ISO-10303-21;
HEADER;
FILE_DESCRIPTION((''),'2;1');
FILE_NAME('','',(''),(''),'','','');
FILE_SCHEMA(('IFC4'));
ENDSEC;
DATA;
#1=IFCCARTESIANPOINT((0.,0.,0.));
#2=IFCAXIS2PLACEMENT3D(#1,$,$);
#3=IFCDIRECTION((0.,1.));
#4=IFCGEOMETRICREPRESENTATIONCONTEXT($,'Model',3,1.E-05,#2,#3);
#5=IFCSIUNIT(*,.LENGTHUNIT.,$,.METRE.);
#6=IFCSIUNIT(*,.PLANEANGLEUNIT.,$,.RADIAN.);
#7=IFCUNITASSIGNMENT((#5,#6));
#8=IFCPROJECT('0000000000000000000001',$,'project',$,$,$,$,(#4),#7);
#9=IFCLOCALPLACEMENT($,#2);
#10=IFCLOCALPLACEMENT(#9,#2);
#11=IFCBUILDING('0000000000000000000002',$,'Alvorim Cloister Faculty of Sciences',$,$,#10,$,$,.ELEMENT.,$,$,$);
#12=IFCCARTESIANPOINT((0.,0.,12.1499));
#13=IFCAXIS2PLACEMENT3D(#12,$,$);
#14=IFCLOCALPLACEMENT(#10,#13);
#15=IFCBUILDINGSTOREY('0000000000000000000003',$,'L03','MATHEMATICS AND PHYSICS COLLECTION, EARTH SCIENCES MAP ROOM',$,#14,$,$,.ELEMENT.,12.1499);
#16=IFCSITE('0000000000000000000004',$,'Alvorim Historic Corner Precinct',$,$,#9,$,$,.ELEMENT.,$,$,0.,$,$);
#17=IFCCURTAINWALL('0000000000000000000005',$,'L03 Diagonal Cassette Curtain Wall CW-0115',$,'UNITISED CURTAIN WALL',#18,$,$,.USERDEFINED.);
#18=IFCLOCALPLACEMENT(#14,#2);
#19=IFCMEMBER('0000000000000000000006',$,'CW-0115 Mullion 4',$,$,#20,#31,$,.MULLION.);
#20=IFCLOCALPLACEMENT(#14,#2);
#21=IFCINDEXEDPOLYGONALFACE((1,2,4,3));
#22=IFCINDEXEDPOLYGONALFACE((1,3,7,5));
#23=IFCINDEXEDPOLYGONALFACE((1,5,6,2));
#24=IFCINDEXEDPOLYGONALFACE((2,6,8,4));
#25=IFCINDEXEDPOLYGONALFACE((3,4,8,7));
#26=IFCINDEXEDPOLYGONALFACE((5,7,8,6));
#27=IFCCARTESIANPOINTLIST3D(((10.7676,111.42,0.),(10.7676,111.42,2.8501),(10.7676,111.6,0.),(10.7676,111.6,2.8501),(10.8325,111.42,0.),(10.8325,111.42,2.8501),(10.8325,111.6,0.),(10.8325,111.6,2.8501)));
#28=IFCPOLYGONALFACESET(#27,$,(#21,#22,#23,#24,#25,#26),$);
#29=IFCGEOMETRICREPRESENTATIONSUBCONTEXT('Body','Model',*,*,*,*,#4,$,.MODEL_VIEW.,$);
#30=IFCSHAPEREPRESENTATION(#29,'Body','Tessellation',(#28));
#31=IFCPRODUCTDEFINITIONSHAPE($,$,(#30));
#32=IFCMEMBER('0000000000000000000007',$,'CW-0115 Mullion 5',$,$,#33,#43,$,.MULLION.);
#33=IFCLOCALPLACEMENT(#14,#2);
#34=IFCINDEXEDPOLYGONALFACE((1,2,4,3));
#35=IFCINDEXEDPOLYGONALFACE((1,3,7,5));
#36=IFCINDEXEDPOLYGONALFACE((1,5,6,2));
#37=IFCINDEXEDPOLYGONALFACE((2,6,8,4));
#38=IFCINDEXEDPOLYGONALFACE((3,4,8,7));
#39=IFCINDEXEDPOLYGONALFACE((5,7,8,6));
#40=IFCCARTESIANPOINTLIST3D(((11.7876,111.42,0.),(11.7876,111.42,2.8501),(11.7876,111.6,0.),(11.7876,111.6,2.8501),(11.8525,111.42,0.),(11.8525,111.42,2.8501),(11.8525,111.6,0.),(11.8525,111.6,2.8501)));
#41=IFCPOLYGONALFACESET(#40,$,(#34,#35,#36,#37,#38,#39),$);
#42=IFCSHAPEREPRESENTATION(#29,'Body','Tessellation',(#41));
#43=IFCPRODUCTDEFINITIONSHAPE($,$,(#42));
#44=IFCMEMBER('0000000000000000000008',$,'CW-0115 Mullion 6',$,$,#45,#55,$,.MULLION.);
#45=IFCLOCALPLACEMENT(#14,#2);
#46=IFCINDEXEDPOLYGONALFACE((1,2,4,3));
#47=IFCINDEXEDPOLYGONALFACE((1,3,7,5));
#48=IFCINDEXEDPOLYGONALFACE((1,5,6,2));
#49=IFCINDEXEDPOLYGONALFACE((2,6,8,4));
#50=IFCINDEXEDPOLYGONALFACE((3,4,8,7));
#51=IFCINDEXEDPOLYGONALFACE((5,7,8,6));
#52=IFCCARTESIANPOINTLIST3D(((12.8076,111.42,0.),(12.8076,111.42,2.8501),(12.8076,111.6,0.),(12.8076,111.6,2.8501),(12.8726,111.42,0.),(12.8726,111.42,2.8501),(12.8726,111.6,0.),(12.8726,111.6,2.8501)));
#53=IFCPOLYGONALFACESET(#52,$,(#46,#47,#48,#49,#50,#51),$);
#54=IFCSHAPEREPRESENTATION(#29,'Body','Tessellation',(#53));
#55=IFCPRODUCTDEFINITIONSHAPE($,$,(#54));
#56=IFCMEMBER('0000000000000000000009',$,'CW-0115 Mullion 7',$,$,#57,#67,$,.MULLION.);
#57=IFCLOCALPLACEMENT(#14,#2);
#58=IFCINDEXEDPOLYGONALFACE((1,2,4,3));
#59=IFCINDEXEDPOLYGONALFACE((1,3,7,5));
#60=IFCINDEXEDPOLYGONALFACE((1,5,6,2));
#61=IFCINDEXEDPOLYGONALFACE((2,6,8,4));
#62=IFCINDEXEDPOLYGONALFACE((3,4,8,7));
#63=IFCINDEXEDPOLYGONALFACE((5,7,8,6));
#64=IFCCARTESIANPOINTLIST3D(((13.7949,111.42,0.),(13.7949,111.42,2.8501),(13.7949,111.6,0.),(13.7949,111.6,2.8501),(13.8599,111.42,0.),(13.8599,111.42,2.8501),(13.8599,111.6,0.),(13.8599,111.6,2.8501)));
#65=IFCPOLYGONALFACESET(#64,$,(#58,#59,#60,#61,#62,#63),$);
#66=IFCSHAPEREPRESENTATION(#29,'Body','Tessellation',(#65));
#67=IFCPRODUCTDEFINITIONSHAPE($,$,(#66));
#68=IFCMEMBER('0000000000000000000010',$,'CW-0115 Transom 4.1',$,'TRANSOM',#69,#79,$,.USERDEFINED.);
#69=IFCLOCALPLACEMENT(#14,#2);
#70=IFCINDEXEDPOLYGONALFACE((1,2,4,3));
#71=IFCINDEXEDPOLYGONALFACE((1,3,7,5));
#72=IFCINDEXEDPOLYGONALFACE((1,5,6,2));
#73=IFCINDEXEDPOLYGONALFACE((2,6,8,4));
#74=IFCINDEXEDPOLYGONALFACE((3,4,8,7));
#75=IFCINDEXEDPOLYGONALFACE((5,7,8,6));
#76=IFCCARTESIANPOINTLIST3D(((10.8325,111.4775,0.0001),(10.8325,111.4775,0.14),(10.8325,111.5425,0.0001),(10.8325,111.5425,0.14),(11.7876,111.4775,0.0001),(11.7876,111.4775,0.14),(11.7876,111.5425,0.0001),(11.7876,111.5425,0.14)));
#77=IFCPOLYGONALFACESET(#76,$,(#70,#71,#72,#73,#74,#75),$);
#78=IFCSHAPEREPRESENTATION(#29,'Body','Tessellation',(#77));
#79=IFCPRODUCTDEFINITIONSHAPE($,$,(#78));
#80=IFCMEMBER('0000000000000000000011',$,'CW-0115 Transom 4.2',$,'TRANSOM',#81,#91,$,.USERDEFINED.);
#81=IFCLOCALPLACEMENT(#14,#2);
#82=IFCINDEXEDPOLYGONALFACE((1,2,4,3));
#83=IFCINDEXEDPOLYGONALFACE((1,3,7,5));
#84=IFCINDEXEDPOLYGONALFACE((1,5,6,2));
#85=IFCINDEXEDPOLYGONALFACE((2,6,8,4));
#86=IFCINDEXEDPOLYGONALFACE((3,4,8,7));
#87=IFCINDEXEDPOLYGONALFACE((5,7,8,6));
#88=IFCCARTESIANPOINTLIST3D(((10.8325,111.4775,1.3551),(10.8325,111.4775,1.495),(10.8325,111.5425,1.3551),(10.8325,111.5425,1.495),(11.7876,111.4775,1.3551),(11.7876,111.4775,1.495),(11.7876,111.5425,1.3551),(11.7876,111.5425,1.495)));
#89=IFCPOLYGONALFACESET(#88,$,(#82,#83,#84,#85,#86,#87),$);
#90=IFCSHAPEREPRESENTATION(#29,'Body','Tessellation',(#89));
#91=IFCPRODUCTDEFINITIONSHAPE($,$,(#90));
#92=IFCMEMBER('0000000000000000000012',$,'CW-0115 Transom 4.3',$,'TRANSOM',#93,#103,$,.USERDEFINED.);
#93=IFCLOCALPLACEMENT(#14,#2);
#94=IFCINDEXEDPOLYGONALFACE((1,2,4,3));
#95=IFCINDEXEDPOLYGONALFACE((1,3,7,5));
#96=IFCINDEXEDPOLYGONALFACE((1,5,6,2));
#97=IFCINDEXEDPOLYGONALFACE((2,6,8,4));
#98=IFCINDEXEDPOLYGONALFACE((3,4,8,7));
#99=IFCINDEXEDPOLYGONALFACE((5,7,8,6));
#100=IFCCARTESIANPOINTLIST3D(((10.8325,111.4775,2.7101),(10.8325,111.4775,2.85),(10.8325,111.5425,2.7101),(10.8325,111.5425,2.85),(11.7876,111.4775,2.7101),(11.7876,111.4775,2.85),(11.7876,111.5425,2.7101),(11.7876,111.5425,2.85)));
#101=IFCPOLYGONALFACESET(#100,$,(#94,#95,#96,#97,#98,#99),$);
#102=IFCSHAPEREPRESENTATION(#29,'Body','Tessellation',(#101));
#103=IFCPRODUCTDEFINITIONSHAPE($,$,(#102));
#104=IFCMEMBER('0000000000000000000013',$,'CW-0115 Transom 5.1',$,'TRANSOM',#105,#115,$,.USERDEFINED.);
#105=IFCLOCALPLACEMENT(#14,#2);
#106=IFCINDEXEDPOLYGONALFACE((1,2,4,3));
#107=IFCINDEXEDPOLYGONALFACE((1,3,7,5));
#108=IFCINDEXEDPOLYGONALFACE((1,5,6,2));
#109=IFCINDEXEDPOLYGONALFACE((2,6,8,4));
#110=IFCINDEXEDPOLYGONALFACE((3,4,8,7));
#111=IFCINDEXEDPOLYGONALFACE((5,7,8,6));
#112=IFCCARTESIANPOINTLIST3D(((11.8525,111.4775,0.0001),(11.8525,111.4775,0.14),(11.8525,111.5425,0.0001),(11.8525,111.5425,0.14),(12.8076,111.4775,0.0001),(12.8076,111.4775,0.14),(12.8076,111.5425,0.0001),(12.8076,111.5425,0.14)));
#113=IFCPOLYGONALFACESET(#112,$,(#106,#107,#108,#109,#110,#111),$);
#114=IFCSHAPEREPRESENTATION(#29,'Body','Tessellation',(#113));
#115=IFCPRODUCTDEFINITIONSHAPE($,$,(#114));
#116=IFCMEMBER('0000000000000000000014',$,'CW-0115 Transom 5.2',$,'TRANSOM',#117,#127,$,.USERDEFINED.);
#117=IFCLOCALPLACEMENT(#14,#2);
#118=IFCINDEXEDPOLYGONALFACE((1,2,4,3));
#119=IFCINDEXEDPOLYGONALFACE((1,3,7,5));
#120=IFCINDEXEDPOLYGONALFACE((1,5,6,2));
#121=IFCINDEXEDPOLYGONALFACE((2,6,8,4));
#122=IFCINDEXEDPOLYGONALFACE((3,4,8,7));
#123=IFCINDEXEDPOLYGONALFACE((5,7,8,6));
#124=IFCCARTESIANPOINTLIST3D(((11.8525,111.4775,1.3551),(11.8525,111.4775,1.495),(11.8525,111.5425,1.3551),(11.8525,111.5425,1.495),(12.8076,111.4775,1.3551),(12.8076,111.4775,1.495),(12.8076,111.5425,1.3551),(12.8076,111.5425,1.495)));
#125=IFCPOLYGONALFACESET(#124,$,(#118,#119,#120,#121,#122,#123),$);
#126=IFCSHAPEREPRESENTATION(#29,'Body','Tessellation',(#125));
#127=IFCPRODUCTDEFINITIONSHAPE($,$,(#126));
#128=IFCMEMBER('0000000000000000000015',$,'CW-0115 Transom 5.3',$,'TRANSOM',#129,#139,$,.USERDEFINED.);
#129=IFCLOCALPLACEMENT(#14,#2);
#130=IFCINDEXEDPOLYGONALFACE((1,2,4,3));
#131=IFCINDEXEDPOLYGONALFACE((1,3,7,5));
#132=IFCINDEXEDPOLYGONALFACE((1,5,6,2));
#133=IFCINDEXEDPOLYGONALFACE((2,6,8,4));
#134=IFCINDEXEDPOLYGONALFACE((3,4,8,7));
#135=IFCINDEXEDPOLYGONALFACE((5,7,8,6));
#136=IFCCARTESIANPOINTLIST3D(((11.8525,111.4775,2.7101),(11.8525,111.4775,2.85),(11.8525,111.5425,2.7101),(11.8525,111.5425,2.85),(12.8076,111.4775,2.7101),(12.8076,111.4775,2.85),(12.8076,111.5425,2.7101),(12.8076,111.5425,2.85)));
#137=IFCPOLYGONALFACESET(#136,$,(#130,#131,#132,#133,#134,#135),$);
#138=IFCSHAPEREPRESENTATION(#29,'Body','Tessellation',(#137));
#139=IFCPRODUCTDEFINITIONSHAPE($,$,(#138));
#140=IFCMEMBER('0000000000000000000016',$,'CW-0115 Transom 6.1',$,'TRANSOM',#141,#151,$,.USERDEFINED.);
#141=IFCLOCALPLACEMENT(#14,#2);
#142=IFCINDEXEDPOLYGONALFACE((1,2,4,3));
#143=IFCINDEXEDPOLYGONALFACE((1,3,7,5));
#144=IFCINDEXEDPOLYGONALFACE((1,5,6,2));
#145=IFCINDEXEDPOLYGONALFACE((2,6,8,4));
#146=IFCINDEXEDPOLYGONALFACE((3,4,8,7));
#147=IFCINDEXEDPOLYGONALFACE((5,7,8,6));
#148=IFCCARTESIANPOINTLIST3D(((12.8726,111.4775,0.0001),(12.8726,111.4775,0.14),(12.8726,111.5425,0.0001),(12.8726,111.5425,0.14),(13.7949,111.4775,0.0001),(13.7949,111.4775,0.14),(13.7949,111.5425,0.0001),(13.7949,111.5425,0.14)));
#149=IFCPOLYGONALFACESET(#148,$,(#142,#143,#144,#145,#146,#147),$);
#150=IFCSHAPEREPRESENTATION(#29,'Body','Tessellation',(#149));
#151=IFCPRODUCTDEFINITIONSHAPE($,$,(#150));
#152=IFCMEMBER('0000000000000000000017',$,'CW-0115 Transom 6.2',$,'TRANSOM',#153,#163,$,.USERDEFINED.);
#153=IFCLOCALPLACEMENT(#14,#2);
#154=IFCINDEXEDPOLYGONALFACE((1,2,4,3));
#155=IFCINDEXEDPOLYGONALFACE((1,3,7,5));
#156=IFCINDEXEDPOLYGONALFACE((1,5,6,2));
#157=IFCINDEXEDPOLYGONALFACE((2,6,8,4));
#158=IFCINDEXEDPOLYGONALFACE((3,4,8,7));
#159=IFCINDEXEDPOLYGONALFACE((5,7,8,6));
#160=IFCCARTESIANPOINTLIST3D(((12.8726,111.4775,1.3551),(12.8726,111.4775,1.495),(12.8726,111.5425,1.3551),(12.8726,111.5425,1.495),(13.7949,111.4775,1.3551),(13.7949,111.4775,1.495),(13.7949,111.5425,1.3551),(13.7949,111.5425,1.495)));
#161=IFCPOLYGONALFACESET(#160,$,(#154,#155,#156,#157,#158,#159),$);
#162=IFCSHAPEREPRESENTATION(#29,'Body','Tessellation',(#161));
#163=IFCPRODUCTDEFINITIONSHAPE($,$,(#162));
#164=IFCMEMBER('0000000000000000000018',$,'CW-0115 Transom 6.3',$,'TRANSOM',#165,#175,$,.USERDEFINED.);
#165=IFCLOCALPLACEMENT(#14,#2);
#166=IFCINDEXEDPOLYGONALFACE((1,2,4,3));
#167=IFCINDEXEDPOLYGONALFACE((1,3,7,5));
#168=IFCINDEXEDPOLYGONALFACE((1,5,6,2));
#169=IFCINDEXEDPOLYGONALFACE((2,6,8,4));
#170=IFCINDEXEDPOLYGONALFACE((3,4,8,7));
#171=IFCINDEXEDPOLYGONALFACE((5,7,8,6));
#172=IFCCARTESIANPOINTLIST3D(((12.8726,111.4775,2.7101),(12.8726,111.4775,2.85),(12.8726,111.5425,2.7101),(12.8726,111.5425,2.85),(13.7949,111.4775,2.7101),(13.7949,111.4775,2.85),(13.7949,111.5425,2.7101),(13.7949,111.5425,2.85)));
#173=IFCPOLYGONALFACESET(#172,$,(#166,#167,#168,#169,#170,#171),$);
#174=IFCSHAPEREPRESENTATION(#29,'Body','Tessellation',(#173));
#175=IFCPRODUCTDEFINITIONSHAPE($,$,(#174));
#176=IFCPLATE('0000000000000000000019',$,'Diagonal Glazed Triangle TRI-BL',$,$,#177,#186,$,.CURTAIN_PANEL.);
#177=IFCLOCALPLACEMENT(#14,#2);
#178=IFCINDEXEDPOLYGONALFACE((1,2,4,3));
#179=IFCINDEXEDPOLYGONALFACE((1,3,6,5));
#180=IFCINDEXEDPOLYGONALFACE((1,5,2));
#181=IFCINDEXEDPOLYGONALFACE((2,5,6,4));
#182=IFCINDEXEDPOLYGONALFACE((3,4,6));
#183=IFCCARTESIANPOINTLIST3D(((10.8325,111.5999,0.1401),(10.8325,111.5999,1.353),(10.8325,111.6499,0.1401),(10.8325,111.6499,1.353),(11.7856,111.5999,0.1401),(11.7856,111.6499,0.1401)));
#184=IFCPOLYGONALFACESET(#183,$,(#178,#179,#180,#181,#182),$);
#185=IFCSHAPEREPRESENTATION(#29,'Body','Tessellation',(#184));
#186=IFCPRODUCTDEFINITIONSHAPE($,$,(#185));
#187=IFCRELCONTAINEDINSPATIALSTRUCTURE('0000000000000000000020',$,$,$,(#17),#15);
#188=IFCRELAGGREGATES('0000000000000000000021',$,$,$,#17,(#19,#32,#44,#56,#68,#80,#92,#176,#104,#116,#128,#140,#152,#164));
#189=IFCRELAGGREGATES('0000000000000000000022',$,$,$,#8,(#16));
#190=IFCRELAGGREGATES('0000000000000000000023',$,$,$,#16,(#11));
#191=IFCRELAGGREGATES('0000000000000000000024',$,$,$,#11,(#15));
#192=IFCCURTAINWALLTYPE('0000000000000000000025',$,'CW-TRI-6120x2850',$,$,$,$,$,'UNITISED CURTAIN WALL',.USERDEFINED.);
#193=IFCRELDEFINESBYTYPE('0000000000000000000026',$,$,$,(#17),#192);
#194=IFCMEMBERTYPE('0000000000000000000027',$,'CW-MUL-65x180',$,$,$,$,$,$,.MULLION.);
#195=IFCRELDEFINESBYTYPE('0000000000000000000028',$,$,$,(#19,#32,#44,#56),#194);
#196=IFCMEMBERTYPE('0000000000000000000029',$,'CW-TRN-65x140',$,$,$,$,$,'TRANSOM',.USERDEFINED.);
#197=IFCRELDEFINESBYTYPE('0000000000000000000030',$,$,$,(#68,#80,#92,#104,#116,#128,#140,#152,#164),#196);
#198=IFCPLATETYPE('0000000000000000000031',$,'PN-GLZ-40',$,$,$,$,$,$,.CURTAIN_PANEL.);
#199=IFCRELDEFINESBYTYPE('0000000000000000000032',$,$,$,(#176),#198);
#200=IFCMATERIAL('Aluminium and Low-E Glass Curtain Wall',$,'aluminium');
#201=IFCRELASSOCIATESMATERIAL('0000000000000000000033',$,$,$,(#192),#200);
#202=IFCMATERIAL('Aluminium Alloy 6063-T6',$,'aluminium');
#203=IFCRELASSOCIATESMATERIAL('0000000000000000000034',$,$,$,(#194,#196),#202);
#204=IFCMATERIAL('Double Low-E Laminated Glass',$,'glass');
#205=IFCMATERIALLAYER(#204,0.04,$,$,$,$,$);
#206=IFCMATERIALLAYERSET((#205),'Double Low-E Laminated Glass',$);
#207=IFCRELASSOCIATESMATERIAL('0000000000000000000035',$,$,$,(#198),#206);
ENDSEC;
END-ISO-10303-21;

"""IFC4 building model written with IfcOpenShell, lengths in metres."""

from ifc_helpers import new_model, si_unit, direction, frame, origin, origin_2d, place, context, subcontext, project, spatial, polyline, rectangle, outline, extrude, material, layer, layer_set, material_profile, profile_set, type_object, element, aggregate, save


model = new_model("IFC4")

# Units and contexts
model_context = context("Model", 3, precision=1e-05, world=origin(), true_north=direction((0.0, 1.0)))
body_context = subcontext(model_context, "Body", "Model", "MODEL_VIEW")
ifc_project = project(units=[si_unit("LENGTHUNIT", "METRE"), si_unit("PLANEANGLEUNIT", "RADIAN")], contexts=[model_context])

# Site, building, storey
site_placement = place(None, origin())
site = spatial("IfcSite", under=ifc_project, at=site_placement, Name="Alvorim Historic Corner Precinct", CompositionType="ELEMENT", RefElevation=0.0)
building_placement = place(site_placement, origin())
building = spatial("IfcBuilding", under=site, at=building_placement, Name="Alvorim Cloister Faculty of Sciences", CompositionType="ELEMENT")
storey_placement = place(building_placement, frame((0.0, 0.0, 12.1499)))
storey = spatial("IfcBuildingStorey", under=building, at=storey_placement, Name="L03", Description="MATHEMATICS AND PHYSICS COLLECTION, EARTH SCIENCES MAP ROOM", CompositionType="ELEMENT", Elevation=12.1499)

# Curtain wall, members, plate
ifc_material_1 = material(Name="Aluminium and Low-E Glass Curtain Wall", Category="aluminium")
curtain_wall_type = type_object("IfcCurtainWallType", Name="CW-TRI-6120x2850", ElementType="UNITISED CURTAIN WALL", PredefinedType="USERDEFINED", material=ifc_material_1)
curtain_wall_placement = place(storey_placement, origin())
curtain_wall = element("IfcCurtainWall", 1, at=curtain_wall_placement, inside=storey, type_object=curtain_wall_type, Name="L03 Diagonal Cassette Curtain Wall CW-0115", ObjectType="UNITISED CURTAIN WALL", PredefinedType="USERDEFINED")
ifc_material_2 = material(Name="Aluminium Alloy 6063-T6", Category="aluminium")
ifc_material_profile_1 = material_profile(ifc_material_2, rectangle(XDim=0.0649, YDim=0.1799, at=origin_2d()), Name="ALU-MUL-65x180")
ifc_profile_set_1 = profile_set([ifc_material_profile_1], Name="Aluminium Alloy 6063-T6")
member_type_1 = type_object("IfcMemberType", Name="CW-MUL-65x180", PredefinedType="MULLION", material=ifc_profile_set_1)
member_1_placement = place(storey_placement, frame((10.8, 111.51, 0.0), z_axis=(0.0, 0.0, 1.0), x_axis=(1.0, 0.0, 0.0)))
member_1 = element("IfcMember", 2, at=member_1_placement, type_object=member_type_1, Name="CW-0115 Mullion 4", PredefinedType="MULLION", context=body_context, shape_type="SweptSolid", body=[
    extrude(rectangle(XDim=0.0649, YDim=0.1799, at=origin_2d()), origin(), (0.0, 0.0, 1.0), 2.8501),
])
member_2_placement = place(storey_placement, frame((11.8201, 111.51, 0.0), z_axis=(0.0, 0.0, 1.0), x_axis=(1.0, 0.0, 0.0)))
member_2 = element("IfcMember", 3, at=member_2_placement, type_object=member_type_1, Name="CW-0115 Mullion 5", PredefinedType="MULLION", context=body_context, shape_type="SweptSolid", body=[
    extrude(rectangle(XDim=0.0649, YDim=0.1799, at=origin_2d()), origin(), (0.0, 0.0, 1.0), 2.8501),
])
member_3_placement = place(storey_placement, frame((12.8401, 111.51, 0.0), z_axis=(0.0, 0.0, 1.0), x_axis=(1.0, 0.0, 0.0)))
member_3 = element("IfcMember", 4, at=member_3_placement, type_object=member_type_1, Name="CW-0115 Mullion 6", PredefinedType="MULLION", context=body_context, shape_type="SweptSolid", body=[
    extrude(rectangle(XDim=0.0649, YDim=0.1799, at=origin_2d()), origin(), (0.0, 0.0, 1.0), 2.8501),
])
member_4_placement = place(storey_placement, frame((13.8274, 111.51, 0.0), z_axis=(0.0, 0.0, 1.0), x_axis=(1.0, 0.0, 0.0)))
member_4 = element("IfcMember", 5, at=member_4_placement, type_object=member_type_1, Name="CW-0115 Mullion 7", PredefinedType="MULLION", context=body_context, shape_type="SweptSolid", body=[
    extrude(rectangle(XDim=0.0649, YDim=0.1799, at=origin_2d()), origin(), (0.0, 0.0, 1.0), 2.8501),
])
ifc_material_profile_2 = material_profile(ifc_material_2, rectangle(XDim=0.0649, YDim=0.1399, at=origin_2d()), Name="ALU-TRN-65x140")
ifc_profile_set_2 = profile_set([ifc_material_profile_2], Name="Aluminium Alloy 6063-T6")
member_type_2 = type_object("IfcMemberType", Name="CW-TRN-65x140", ElementType="TRANSOM", PredefinedType="USERDEFINED", material=ifc_profile_set_2)
member_5_placement = place(storey_placement, frame((10.8325, 111.51, 0.0701), z_axis=(1.0, 0.0, 0.0), x_axis=(0.0, 1.0, 0.0)))
member_5 = element("IfcMember", 6, at=member_5_placement, type_object=member_type_2, Name="CW-0115 Transom 4.1", ObjectType="TRANSOM", PredefinedType="USERDEFINED", context=body_context, shape_type="SweptSolid", body=[
    extrude(rectangle(XDim=0.0649, YDim=0.1399, at=origin_2d()), origin(), (0.0, 0.0, 1.0), 0.9551),
])
member_6_placement = place(storey_placement, frame((10.8325, 111.51, 1.425), z_axis=(1.0, 0.0, 0.0), x_axis=(0.0, 1.0, 0.0)))
member_6 = element("IfcMember", 7, at=member_6_placement, type_object=member_type_2, Name="CW-0115 Transom 4.2", ObjectType="TRANSOM", PredefinedType="USERDEFINED", context=body_context, shape_type="SweptSolid", body=[
    extrude(rectangle(XDim=0.0649, YDim=0.1399, at=origin_2d()), origin(), (0.0, 0.0, 1.0), 0.9551),
])
member_7_placement = place(storey_placement, frame((10.8325, 111.51, 2.78), z_axis=(1.0, 0.0, 0.0), x_axis=(0.0, 1.0, 0.0)))
member_7 = element("IfcMember", 8, at=member_7_placement, type_object=member_type_2, Name="CW-0115 Transom 4.3", ObjectType="TRANSOM", PredefinedType="USERDEFINED", context=body_context, shape_type="SweptSolid", body=[
    extrude(rectangle(XDim=0.0649, YDim=0.1399, at=origin_2d()), origin(), (0.0, 0.0, 1.0), 0.9551),
])
member_8_placement = place(storey_placement, frame((11.8525, 111.51, 0.0701), z_axis=(1.0, 0.0, 0.0), x_axis=(0.0, 1.0, 0.0)))
member_8 = element("IfcMember", 9, at=member_8_placement, type_object=member_type_2, Name="CW-0115 Transom 5.1", ObjectType="TRANSOM", PredefinedType="USERDEFINED", context=body_context, shape_type="SweptSolid", body=[
    extrude(rectangle(XDim=0.0649, YDim=0.1399, at=origin_2d()), origin(), (0.0, 0.0, 1.0), 0.9551),
])
member_9_placement = place(storey_placement, frame((11.8525, 111.51, 1.425), z_axis=(1.0, 0.0, 0.0), x_axis=(0.0, 1.0, 0.0)))
member_9 = element("IfcMember", 10, at=member_9_placement, type_object=member_type_2, Name="CW-0115 Transom 5.2", ObjectType="TRANSOM", PredefinedType="USERDEFINED", context=body_context, shape_type="SweptSolid", body=[
    extrude(rectangle(XDim=0.0649, YDim=0.1399, at=origin_2d()), origin(), (0.0, 0.0, 1.0), 0.9551),
])
member_10_placement = place(storey_placement, frame((11.8525, 111.51, 2.78), z_axis=(1.0, 0.0, 0.0), x_axis=(0.0, 1.0, 0.0)))
member_10 = element("IfcMember", 11, at=member_10_placement, type_object=member_type_2, Name="CW-0115 Transom 5.3", ObjectType="TRANSOM", PredefinedType="USERDEFINED", context=body_context, shape_type="SweptSolid", body=[
    extrude(rectangle(XDim=0.0649, YDim=0.1399, at=origin_2d()), origin(), (0.0, 0.0, 1.0), 0.9551),
])
member_11_placement = place(storey_placement, frame((12.8726, 111.51, 0.0701), z_axis=(1.0, 0.0, 0.0), x_axis=(0.0, 1.0, 0.0)))
member_11 = element("IfcMember", 12, at=member_11_placement, type_object=member_type_2, Name="CW-0115 Transom 6.1", ObjectType="TRANSOM", PredefinedType="USERDEFINED", context=body_context, shape_type="SweptSolid", body=[
    extrude(rectangle(XDim=0.0649, YDim=0.1399, at=origin_2d()), origin(), (0.0, 0.0, 1.0), 0.9224),
])
member_12_placement = place(storey_placement, frame((12.8726, 111.51, 1.425), z_axis=(1.0, 0.0, 0.0), x_axis=(0.0, 1.0, 0.0)))
member_12 = element("IfcMember", 13, at=member_12_placement, type_object=member_type_2, Name="CW-0115 Transom 6.2", ObjectType="TRANSOM", PredefinedType="USERDEFINED", context=body_context, shape_type="SweptSolid", body=[
    extrude(rectangle(XDim=0.0649, YDim=0.1399, at=origin_2d()), origin(), (0.0, 0.0, 1.0), 0.9224),
])
member_13_placement = place(storey_placement, frame((12.8726, 111.51, 2.78), z_axis=(1.0, 0.0, 0.0), x_axis=(0.0, 1.0, 0.0)))
member_13 = element("IfcMember", 14, at=member_13_placement, type_object=member_type_2, Name="CW-0115 Transom 6.3", ObjectType="TRANSOM", PredefinedType="USERDEFINED", context=body_context, shape_type="SweptSolid", body=[
    extrude(rectangle(XDim=0.0649, YDim=0.1399, at=origin_2d()), origin(), (0.0, 0.0, 1.0), 0.9224),
])
ifc_material_3 = material(Name="Double Low-E Laminated Glass", Category="glass")
ifc_layer = layer(ifc_material_3, 0.04)
ifc_layer_set = layer_set([ifc_layer], Name="Double Low-E Laminated Glass")
plate_type = type_object("IfcPlateType", Name="PN-GLZ-40", PredefinedType="CURTAIN_PANEL", material=ifc_layer_set)
plate_1_placement = place(storey_placement, frame((10.8325, 111.625, 0.1401), z_axis=(0.0, 0.0, 1.0), x_axis=(1.0, 0.0, 0.0)))
plate_1 = element("IfcPlate", 15, at=plate_1_placement, type_object=plate_type, Name="Diagonal Glazed Triangle TRI-BL", PredefinedType="CURTAIN_PANEL", context=body_context, shape_type="SweptSolid", body=[
    extrude(outline(polyline([(0.0, 0.0), (0.9531, 0.0), (0.0, 1.2129), (0.0, 0.0)])), frame((0.0, 0.0249, 0.0), z_axis=(0.0, -1.0, 0.0), x_axis=(1.0, 0.0, 0.0)), (0.0, 0.0, 1.0), 0.05),
])
aggregate(curtain_wall, [member_1, member_2, member_3, member_4, member_5, member_6, member_7, plate_1, member_8, member_9, member_10, member_11, member_12, member_13])

save(model, "model.ifc")
